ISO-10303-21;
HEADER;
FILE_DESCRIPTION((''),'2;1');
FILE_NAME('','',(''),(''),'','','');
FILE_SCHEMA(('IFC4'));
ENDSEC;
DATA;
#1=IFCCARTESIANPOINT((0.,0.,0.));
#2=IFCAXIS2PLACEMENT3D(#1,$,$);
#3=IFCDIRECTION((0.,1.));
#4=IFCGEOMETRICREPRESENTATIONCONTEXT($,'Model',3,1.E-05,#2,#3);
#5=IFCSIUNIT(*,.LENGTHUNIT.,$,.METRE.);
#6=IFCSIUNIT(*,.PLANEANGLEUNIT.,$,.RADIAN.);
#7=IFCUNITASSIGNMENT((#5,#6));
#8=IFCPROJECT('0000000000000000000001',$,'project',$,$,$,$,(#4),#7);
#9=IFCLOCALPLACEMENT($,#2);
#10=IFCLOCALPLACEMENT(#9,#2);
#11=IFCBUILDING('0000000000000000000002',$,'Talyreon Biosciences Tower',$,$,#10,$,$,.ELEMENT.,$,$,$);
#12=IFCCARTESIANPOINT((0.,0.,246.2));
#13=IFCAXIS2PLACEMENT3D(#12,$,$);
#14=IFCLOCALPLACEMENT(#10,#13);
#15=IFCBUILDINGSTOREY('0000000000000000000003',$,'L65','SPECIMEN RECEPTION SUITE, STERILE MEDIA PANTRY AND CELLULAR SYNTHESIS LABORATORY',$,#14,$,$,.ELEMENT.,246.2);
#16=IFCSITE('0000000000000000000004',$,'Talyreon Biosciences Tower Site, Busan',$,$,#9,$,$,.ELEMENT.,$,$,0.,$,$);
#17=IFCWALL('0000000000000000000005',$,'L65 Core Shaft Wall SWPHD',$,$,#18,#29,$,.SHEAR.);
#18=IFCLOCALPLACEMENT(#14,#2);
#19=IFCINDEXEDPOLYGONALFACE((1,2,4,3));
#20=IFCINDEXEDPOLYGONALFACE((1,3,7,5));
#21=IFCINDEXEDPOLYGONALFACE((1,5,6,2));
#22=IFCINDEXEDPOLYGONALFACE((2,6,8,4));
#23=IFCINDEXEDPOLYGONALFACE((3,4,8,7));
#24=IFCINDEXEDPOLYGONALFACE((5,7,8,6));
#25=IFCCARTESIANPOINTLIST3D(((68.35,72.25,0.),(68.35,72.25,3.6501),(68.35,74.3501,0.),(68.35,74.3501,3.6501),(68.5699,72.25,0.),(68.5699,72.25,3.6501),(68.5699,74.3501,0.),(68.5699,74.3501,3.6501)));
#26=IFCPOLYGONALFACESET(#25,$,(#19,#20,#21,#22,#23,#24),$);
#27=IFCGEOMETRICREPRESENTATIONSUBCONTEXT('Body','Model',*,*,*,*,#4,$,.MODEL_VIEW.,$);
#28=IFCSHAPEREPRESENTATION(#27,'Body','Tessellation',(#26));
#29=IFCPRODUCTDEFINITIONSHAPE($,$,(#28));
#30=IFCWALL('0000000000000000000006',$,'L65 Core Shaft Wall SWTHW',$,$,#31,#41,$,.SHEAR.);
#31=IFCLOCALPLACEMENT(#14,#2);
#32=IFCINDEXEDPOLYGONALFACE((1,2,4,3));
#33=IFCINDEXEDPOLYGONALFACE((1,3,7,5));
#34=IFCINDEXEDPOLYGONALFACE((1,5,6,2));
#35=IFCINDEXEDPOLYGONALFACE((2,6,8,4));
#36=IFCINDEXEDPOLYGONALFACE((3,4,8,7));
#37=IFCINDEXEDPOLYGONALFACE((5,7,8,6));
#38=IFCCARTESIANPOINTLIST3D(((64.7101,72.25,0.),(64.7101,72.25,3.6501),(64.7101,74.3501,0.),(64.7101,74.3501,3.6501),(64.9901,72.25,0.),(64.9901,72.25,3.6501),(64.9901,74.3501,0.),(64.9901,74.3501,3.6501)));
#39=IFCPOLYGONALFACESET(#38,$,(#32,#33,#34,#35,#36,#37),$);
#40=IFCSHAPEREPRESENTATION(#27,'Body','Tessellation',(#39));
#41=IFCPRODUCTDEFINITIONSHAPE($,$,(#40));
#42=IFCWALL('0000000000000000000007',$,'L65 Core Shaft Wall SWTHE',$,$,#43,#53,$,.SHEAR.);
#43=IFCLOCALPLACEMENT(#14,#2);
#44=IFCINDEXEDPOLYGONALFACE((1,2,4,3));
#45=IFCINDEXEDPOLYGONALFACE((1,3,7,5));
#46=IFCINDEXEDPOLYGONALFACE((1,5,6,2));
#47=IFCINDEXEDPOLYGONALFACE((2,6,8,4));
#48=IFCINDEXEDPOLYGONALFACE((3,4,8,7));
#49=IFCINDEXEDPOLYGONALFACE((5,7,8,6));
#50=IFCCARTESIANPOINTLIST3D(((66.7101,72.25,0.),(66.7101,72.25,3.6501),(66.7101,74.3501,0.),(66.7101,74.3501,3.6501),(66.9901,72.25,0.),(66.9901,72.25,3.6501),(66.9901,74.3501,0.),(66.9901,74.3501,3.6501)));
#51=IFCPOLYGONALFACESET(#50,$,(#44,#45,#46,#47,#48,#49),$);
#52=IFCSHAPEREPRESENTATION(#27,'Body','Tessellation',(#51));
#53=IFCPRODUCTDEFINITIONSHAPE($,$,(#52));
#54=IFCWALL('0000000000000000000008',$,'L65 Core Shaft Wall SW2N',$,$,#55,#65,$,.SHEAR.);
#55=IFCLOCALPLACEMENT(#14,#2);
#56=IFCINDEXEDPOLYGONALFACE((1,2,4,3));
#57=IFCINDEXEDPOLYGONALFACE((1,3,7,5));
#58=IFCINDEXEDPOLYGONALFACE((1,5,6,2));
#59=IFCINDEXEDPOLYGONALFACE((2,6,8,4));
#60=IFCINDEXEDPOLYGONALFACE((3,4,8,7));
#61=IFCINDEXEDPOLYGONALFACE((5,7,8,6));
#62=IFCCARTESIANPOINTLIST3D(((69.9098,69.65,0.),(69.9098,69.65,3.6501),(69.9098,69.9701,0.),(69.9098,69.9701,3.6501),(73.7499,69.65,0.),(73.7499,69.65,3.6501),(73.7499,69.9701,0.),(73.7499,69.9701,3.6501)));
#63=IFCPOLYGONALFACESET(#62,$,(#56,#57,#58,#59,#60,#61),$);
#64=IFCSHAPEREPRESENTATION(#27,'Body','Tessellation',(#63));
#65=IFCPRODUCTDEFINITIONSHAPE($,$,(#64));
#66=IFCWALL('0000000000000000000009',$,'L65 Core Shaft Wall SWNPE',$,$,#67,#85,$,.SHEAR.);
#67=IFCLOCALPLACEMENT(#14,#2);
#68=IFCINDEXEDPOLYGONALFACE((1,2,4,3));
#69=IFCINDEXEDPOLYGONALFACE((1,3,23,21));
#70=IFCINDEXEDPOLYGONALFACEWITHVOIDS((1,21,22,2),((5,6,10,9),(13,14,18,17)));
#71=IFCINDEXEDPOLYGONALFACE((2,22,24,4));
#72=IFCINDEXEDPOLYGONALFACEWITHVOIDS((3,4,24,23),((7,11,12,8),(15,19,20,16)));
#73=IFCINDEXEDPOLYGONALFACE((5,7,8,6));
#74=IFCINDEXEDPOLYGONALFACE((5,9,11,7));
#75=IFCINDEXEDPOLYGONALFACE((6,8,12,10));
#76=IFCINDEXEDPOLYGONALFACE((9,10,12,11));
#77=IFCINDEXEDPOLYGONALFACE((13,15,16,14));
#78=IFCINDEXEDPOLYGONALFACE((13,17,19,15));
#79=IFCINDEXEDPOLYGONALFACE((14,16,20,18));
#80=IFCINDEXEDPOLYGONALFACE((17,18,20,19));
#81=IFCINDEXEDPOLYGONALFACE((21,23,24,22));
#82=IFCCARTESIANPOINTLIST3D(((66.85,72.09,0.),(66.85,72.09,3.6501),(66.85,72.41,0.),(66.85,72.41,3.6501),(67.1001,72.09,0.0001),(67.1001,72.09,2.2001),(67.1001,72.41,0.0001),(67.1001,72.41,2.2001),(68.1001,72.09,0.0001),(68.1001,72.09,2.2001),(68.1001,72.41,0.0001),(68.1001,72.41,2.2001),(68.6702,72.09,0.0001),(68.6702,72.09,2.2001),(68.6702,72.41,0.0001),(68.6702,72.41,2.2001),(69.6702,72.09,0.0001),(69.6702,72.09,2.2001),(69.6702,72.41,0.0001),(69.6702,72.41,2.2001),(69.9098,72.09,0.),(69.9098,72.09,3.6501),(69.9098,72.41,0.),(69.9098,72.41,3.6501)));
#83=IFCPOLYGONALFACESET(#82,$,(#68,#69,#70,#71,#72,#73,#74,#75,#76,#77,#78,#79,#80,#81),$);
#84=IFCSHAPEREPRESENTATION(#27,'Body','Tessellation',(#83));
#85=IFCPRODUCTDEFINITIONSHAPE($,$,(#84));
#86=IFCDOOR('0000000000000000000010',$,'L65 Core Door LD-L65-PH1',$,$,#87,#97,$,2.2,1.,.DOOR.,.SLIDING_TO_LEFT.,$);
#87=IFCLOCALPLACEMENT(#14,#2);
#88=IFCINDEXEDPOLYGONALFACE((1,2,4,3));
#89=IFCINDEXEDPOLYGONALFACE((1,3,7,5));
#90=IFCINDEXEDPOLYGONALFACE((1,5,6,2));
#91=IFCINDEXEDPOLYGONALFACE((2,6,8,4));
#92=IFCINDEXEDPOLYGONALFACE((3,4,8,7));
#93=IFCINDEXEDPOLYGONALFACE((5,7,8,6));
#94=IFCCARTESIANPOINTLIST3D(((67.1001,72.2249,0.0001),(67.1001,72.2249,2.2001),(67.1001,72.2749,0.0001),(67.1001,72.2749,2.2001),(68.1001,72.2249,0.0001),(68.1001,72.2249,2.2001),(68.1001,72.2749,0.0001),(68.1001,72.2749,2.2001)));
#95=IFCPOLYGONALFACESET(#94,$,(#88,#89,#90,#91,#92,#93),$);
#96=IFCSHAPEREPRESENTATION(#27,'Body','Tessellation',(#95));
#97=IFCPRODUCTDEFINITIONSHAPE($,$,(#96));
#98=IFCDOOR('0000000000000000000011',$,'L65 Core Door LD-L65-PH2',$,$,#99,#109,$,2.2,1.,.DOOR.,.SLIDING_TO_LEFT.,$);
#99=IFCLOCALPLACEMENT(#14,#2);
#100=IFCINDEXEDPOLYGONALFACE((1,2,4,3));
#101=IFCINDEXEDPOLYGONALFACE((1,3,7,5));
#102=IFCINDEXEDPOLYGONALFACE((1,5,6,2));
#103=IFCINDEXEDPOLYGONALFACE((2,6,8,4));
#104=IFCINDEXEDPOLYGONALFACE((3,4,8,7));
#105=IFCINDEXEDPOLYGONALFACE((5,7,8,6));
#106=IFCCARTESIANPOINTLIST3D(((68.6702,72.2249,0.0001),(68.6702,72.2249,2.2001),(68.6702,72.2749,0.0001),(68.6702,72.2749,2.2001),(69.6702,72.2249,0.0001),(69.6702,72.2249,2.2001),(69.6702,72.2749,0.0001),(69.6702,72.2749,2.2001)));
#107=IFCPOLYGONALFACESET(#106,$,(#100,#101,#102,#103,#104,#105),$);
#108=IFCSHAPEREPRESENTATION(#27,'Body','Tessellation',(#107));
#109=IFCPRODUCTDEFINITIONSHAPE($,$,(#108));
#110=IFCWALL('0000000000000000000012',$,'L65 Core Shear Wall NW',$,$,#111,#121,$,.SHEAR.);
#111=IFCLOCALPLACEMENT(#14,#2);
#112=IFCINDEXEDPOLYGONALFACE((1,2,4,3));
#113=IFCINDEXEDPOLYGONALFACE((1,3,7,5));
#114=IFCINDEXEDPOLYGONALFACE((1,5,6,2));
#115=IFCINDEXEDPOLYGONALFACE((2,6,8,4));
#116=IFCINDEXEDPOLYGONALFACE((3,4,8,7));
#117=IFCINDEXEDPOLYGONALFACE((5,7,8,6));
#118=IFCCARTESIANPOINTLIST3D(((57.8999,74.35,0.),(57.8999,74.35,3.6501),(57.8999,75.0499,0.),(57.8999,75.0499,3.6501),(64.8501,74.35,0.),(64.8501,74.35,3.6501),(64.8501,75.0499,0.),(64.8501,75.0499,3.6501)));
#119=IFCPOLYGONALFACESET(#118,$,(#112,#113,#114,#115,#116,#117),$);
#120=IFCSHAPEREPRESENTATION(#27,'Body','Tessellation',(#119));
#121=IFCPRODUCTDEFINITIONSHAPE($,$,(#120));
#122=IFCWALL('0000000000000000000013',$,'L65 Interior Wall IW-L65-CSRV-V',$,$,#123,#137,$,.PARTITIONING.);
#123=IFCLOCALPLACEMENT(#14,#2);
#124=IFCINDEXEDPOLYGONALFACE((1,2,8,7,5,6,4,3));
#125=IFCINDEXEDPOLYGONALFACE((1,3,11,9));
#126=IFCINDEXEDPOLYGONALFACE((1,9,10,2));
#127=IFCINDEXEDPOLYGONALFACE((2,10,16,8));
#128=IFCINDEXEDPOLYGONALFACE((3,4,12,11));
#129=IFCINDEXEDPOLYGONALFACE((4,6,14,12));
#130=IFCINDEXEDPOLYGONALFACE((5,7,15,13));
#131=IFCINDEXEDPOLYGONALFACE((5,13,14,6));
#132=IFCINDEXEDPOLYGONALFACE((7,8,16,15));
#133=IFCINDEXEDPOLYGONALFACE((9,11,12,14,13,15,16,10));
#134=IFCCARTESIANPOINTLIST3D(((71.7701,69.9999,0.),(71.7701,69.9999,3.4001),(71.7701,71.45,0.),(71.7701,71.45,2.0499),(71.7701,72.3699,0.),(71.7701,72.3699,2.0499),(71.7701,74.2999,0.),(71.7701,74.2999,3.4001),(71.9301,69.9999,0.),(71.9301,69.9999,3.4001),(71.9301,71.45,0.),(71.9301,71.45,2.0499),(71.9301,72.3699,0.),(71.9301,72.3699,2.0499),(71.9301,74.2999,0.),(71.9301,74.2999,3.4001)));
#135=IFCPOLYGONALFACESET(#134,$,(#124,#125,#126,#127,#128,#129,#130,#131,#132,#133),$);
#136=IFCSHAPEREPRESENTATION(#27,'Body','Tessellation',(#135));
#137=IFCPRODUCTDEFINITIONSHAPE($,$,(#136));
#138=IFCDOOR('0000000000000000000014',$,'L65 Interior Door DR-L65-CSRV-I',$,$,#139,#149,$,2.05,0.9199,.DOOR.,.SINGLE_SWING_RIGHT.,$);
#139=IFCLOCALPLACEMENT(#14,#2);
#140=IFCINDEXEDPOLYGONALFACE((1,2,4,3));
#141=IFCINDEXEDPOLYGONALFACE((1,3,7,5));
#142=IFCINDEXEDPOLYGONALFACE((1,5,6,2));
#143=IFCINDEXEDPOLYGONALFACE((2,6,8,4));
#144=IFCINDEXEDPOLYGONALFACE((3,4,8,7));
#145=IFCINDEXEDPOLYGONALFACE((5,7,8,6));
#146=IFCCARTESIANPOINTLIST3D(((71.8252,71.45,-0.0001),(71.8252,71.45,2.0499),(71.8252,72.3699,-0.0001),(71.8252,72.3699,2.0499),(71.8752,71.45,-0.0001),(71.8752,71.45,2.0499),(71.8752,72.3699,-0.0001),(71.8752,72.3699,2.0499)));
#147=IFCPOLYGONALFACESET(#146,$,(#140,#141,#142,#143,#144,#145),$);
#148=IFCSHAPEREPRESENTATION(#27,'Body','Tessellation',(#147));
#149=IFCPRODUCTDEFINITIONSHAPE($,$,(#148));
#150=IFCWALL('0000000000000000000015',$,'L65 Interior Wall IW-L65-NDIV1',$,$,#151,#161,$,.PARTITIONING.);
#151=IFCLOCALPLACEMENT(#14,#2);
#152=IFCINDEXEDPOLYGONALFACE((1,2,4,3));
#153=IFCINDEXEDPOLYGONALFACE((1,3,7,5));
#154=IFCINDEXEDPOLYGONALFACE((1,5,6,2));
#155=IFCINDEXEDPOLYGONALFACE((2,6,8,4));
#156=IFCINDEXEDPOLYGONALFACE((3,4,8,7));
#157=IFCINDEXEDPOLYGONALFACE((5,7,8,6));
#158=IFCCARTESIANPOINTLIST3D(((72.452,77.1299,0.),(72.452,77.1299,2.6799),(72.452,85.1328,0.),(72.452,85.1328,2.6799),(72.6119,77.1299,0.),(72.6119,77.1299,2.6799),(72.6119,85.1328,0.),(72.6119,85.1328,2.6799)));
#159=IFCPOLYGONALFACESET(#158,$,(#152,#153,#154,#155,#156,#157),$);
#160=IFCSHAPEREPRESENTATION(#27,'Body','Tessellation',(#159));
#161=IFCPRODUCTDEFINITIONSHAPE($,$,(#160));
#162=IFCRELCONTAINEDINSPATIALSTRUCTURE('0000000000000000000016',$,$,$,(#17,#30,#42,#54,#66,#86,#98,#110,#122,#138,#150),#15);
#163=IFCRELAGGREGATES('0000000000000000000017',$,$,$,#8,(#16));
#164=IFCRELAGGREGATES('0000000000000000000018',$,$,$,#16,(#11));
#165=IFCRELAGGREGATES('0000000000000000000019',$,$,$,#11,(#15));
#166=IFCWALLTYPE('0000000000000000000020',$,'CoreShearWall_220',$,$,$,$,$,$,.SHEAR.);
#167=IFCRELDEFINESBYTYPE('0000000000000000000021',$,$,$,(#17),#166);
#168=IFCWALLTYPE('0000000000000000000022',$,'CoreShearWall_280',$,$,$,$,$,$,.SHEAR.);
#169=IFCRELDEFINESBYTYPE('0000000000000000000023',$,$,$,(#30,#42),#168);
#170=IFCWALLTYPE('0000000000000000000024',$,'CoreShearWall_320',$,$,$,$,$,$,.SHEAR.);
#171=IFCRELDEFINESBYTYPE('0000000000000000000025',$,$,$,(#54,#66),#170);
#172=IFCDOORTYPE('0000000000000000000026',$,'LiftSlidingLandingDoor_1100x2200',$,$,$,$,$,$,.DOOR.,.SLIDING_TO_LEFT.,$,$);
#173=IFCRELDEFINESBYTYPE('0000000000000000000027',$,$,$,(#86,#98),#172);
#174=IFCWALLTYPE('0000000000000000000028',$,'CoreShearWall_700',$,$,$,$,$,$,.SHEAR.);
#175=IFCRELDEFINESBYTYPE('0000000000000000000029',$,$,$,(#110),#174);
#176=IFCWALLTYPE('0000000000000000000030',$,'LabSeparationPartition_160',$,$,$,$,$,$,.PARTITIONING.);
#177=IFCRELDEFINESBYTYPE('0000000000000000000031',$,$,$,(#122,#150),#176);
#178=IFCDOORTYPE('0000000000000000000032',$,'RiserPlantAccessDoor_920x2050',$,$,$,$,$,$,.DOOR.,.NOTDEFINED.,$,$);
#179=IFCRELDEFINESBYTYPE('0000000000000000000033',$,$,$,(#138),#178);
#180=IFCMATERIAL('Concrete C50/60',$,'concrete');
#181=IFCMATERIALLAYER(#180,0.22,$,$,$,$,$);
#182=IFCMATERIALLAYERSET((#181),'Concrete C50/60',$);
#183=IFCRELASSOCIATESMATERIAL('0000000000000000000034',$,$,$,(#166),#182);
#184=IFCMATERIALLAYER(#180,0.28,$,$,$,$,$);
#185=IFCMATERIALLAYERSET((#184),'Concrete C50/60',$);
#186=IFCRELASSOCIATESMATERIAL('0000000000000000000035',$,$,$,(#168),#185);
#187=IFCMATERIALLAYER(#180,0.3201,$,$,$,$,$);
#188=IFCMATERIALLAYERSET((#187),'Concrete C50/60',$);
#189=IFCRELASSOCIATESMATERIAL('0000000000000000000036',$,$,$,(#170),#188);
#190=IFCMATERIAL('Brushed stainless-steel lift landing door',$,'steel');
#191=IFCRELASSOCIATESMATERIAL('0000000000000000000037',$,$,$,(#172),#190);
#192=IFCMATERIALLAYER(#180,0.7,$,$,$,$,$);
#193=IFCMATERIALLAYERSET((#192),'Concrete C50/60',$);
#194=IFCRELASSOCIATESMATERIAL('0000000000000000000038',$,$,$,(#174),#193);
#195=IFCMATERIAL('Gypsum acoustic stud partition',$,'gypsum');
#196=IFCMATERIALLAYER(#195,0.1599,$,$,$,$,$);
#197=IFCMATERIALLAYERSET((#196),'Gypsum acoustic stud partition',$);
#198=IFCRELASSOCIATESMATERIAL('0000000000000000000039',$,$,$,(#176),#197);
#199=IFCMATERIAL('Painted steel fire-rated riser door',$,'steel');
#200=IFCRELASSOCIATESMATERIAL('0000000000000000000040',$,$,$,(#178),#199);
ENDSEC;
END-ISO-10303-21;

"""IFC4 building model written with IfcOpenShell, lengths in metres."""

from ifc_helpers import new_model, si_unit, direction, frame, frame_2d, origin, place, context, subcontext, project, spatial, rectangle, extrude, material, layer, layer_set, type_object, element, fill, save


model = new_model("IFC4")

# Units and contexts
model_context = context("Model", 3, precision=1e-05, world=origin(), true_north=direction((0.0, 1.0)))
body_context = subcontext(model_context, "Body", "Model", "MODEL_VIEW")
ifc_project = project(units=[si_unit("LENGTHUNIT", "METRE"), si_unit("PLANEANGLEUNIT", "RADIAN")], contexts=[model_context])

# Site, building, storey
site_placement = place(None, origin())
site = spatial("IfcSite", under=ifc_project, at=site_placement, Name="Talyreon Biosciences Tower Site, Busan", CompositionType="ELEMENT", RefElevation=0.0)
building_placement = place(site_placement, origin())
building = spatial("IfcBuilding", under=site, at=building_placement, Name="Talyreon Biosciences Tower", CompositionType="ELEMENT")
storey_placement = place(building_placement, frame((0.0, 0.0, 246.2)))
storey = spatial("IfcBuildingStorey", under=building, at=storey_placement, Name="L65", Description="SPECIMEN RECEPTION SUITE, STERILE MEDIA PANTRY AND CELLULAR SYNTHESIS LABORATORY", CompositionType="ELEMENT", Elevation=246.2)

# Shared definitions
ifc_material_1 = material(Name="Concrete C50/60", Category="concrete")

# Walls
ifc_layer_1 = layer(ifc_material_1, 0.22)
ifc_layer_set_1 = layer_set([ifc_layer_1], Name="Concrete C50/60")
wall_type_1 = type_object("IfcWallType", Name="CoreShearWall_220", PredefinedType="SHEAR", material=ifc_layer_set_1)
wall_1_placement = place(storey_placement, frame((68.46, 72.25, 0.0), z_axis=(0.0, 0.0, 1.0), x_axis=(0.0, 1.0, 0.0)))
element("IfcWall", 1, at=wall_1_placement, inside=storey, type_object=wall_type_1, Name="L65 Core Shaft Wall SWPHD", PredefinedType="SHEAR", context=body_context, shape_type="SweptSolid", body=[
    extrude(rectangle(XDim=2.1001, YDim=0.22, at=frame_2d((1.05, 0.0))), origin(), (0.0, 0.0, 1.0), 3.6501),
])
ifc_layer_2 = layer(ifc_material_1, 0.28)
ifc_layer_set_2 = layer_set([ifc_layer_2], Name="Concrete C50/60")
wall_type_2 = type_object("IfcWallType", Name="CoreShearWall_280", PredefinedType="SHEAR", material=ifc_layer_set_2)
for number, where, z_axis, x_axis, name in (
    (2, (64.8501, 72.25, 0.0), (0.0, 0.0, 1.0), (0.0, 1.0, 0.0), "L65 Core Shaft Wall SWTHW"),
    (3, (66.8501, 72.25, 0.0), (0.0, 0.0, 1.0), (0.0, 1.0, 0.0), "L65 Core Shaft Wall SWTHE"),
):
    element("IfcWall", number, at=place(storey_placement, frame(where, z_axis=z_axis, x_axis=x_axis)), inside=storey, type_object=wall_type_2, Name=name, PredefinedType="SHEAR", context=body_context, shape_type="SweptSolid", body=[
        extrude(rectangle(XDim=2.1001, YDim=0.28, at=frame_2d((1.05, 0.0))), origin(), (0.0, 0.0, 1.0), 3.6501),
    ])
ifc_layer_3 = layer(ifc_material_1, 0.3201)
ifc_layer_set_3 = layer_set([ifc_layer_3], Name="Concrete C50/60")
wall_type_3 = type_object("IfcWallType", Name="CoreShearWall_320", PredefinedType="SHEAR", material=ifc_layer_set_3)
wall_2_placement = place(storey_placement, frame((69.9099, 69.8101, 0.0), z_axis=(0.0, 0.0, 1.0), x_axis=(1.0, 0.0, 0.0)))
element("IfcWall", 4, at=wall_2_placement, inside=storey, type_object=wall_type_3, Name="L65 Core Shaft Wall SW2N", PredefinedType="SHEAR", context=body_context, shape_type="SweptSolid", body=[
    extrude(rectangle(XDim=3.8401, YDim=0.3201, at=frame_2d((1.9199, 0.0))), origin(), (0.0, 0.0, 1.0), 3.6501),
])

# Wall, openings, doors
wall_3_placement = place(storey_placement, frame((66.8501, 72.25, 0.0), z_axis=(0.0, 0.0, 1.0), x_axis=(1.0, 0.0, 0.0)))
wall_3 = element("IfcWall", 5, at=wall_3_placement, inside=storey, type_object=wall_type_3, Name="L65 Core Shaft Wall SWNPE", PredefinedType="SHEAR", context=body_context, shape_type="SweptSolid", body=[
    extrude(rectangle(XDim=3.0598, YDim=0.3201, at=frame_2d((1.5298, 0.0))), origin(), (0.0, 0.0, 1.0), 3.6501),
])
opening_1_placement = place(wall_3_placement, frame((0.25, 0.0, 0.0)))
opening_1 = element("IfcOpeningElement", 6, at=opening_1_placement, cuts=wall_3, PredefinedType="OPENING", context=body_context, shape_type="SweptSolid", body=[
    extrude(rectangle(XDim=1.0, YDim=2.2, at=frame_2d((0.5, 1.1001))), frame((0.0, 0.1699, 0.0), z_axis=(0.0, -1.0, 0.0), x_axis=(1.0, 0.0, 0.0)), (0.0, 0.0, 1.0), 0.3401),
])
opening_2_placement = place(wall_3_placement, frame((1.8201, 0.0, 0.0)))
opening_2 = element("IfcOpeningElement", 7, at=opening_2_placement, cuts=wall_3, PredefinedType="OPENING", context=body_context, shape_type="SweptSolid", body=[
    extrude(rectangle(XDim=1.0, YDim=2.2, at=frame_2d((0.5, 1.1001))), frame((0.0, 0.1699, 0.0), z_axis=(0.0, -1.0, 0.0), x_axis=(1.0, 0.0, 0.0)), (0.0, 0.0, 1.0), 0.3401),
])
ifc_material_2 = material(Name="Brushed stainless-steel lift landing door", Category="steel")
door_type_1 = type_object("IfcDoorType", Name="LiftSlidingLandingDoor_1100x2200", OperationType="SLIDING_TO_LEFT", PredefinedType="DOOR", material=ifc_material_2)
door_1_placement = place(opening_1_placement, origin())
door_1 = element("IfcDoor", 8, at=door_1_placement, inside=storey, type_object=door_type_1, Name="L65 Core Door LD-L65-PH1", OperationType="SLIDING_TO_LEFT", OverallHeight=2.2, OverallWidth=1.0, PredefinedType="DOOR", context=body_context, shape_type="SweptSolid", body=[
    extrude(rectangle(XDim=1.0, YDim=2.2, at=frame_2d((0.5, 1.1001))), frame((0.0, 0.0249, 0.0), z_axis=(0.0, -1.0, 0.0), x_axis=(1.0, 0.0, 0.0)), (0.0, 0.0, 1.0), 0.05),
])
fill(opening_1, door_1)
door_2_placement = place(opening_2_placement, origin())
door_2 = element("IfcDoor", 9, at=door_2_placement, inside=storey, type_object=door_type_1, Name="L65 Core Door LD-L65-PH2", OperationType="SLIDING_TO_LEFT", OverallHeight=2.2, OverallWidth=1.0, PredefinedType="DOOR", context=body_context, shape_type="SweptSolid", body=[
    extrude(rectangle(XDim=1.0, YDim=2.2, at=frame_2d((0.5, 1.1001))), frame((0.0, 0.0249, 0.0), z_axis=(0.0, -1.0, 0.0), x_axis=(1.0, 0.0, 0.0)), (0.0, 0.0, 1.0), 0.05),
])
fill(opening_2, door_2)

# Wall
ifc_layer_4 = layer(ifc_material_1, 0.7)
ifc_layer_set_4 = layer_set([ifc_layer_4], Name="Concrete C50/60")
wall_type_4 = type_object("IfcWallType", Name="CoreShearWall_700", PredefinedType="SHEAR", material=ifc_layer_set_4)
wall_4_placement = place(storey_placement, frame((64.8501, 74.7, 0.0), z_axis=(0.0, 0.0, 1.0), x_axis=(-1.0, 0.0, 0.0)))
element("IfcWall", 10, at=wall_4_placement, inside=storey, type_object=wall_type_4, Name="L65 Core Shear Wall NW", PredefinedType="SHEAR", context=body_context, shape_type="SweptSolid", body=[
    extrude(rectangle(XDim=6.9502, YDim=0.7, at=frame_2d((3.4751, 0.0))), origin(), (0.0, 0.0, 1.0), 3.6501),
])

# Wall, opening, door
ifc_material_3 = material(Name="Gypsum acoustic stud partition", Category="gypsum")
ifc_layer_5 = layer(ifc_material_3, 0.1599)
ifc_layer_set_5 = layer_set([ifc_layer_5], Name="Gypsum acoustic stud partition")
wall_type_5 = type_object("IfcWallType", Name="LabSeparationPartition_160", PredefinedType="PARTITIONING", material=ifc_layer_set_5)
wall_5_placement = place(storey_placement, frame((71.8501, 70.0, 0.0), z_axis=(0.0, 0.0, 1.0), x_axis=(0.0, 1.0, 0.0)))
wall_5 = element("IfcWall", 11, at=wall_5_placement, inside=storey, type_object=wall_type_5, Name="L65 Interior Wall IW-L65-CSRV-V", PredefinedType="PARTITIONING", context=body_context, shape_type="SweptSolid", body=[
    extrude(rectangle(XDim=4.3, YDim=0.1599, at=frame_2d((2.1499, 0.0))), origin(), (0.0, 0.0, 1.0), 3.4001),
])
opening_3_placement = place(wall_5_placement, frame((1.45, 0.0, 0.0)))
opening_3 = element("IfcOpeningElement", 12, at=opening_3_placement, cuts=wall_5, PredefinedType="OPENING", context=body_context, shape_type="SweptSolid", body=[
    extrude(rectangle(XDim=0.9199, YDim=2.05, at=frame_2d((0.46, 1.0249))), frame((0.0, 0.0898, 0.0), z_axis=(0.0, -1.0, 0.0), x_axis=(1.0, 0.0, 0.0)), (0.0, 0.0, 1.0), 0.1799),
])
ifc_material_4 = material(Name="Painted steel fire-rated riser door", Category="steel")
door_type_2 = type_object("IfcDoorType", Name="RiserPlantAccessDoor_920x2050", OperationType="NOTDEFINED", PredefinedType="DOOR", material=ifc_material_4)
door_3_placement = place(opening_3_placement, origin())
door_3 = element("IfcDoor", 13, at=door_3_placement, inside=storey, type_object=door_type_2, Name="L65 Interior Door DR-L65-CSRV-I", OperationType="SINGLE_SWING_RIGHT", OverallHeight=2.05, OverallWidth=0.9199, PredefinedType="DOOR", context=body_context, shape_type="SweptSolid", body=[
    extrude(rectangle(XDim=0.9199, YDim=2.05, at=frame_2d((0.46, 1.0249))), frame((0.0, 0.0249, 0.0), z_axis=(0.0, -1.0, 0.0), x_axis=(1.0, 0.0, 0.0)), (0.0, 0.0, 1.0), 0.05),
])
fill(opening_3, door_3)

# Wall
wall_6_placement = place(storey_placement, frame((72.532, 77.1299, 0.0), z_axis=(0.0, 0.0, 1.0), x_axis=(0.0, 1.0, 0.0)))
element("IfcWall", 14, at=wall_6_placement, inside=storey, type_object=wall_type_5, Name="L65 Interior Wall IW-L65-NDIV1", PredefinedType="PARTITIONING", context=body_context, shape_type="SweptSolid", body=[
    extrude(rectangle(XDim=8.0029, YDim=0.1599, at=frame_2d((4.0015, 0.0))), origin(), (0.0, 0.0, 1.0), 2.6799),
])

save(model, "model.ifc")
